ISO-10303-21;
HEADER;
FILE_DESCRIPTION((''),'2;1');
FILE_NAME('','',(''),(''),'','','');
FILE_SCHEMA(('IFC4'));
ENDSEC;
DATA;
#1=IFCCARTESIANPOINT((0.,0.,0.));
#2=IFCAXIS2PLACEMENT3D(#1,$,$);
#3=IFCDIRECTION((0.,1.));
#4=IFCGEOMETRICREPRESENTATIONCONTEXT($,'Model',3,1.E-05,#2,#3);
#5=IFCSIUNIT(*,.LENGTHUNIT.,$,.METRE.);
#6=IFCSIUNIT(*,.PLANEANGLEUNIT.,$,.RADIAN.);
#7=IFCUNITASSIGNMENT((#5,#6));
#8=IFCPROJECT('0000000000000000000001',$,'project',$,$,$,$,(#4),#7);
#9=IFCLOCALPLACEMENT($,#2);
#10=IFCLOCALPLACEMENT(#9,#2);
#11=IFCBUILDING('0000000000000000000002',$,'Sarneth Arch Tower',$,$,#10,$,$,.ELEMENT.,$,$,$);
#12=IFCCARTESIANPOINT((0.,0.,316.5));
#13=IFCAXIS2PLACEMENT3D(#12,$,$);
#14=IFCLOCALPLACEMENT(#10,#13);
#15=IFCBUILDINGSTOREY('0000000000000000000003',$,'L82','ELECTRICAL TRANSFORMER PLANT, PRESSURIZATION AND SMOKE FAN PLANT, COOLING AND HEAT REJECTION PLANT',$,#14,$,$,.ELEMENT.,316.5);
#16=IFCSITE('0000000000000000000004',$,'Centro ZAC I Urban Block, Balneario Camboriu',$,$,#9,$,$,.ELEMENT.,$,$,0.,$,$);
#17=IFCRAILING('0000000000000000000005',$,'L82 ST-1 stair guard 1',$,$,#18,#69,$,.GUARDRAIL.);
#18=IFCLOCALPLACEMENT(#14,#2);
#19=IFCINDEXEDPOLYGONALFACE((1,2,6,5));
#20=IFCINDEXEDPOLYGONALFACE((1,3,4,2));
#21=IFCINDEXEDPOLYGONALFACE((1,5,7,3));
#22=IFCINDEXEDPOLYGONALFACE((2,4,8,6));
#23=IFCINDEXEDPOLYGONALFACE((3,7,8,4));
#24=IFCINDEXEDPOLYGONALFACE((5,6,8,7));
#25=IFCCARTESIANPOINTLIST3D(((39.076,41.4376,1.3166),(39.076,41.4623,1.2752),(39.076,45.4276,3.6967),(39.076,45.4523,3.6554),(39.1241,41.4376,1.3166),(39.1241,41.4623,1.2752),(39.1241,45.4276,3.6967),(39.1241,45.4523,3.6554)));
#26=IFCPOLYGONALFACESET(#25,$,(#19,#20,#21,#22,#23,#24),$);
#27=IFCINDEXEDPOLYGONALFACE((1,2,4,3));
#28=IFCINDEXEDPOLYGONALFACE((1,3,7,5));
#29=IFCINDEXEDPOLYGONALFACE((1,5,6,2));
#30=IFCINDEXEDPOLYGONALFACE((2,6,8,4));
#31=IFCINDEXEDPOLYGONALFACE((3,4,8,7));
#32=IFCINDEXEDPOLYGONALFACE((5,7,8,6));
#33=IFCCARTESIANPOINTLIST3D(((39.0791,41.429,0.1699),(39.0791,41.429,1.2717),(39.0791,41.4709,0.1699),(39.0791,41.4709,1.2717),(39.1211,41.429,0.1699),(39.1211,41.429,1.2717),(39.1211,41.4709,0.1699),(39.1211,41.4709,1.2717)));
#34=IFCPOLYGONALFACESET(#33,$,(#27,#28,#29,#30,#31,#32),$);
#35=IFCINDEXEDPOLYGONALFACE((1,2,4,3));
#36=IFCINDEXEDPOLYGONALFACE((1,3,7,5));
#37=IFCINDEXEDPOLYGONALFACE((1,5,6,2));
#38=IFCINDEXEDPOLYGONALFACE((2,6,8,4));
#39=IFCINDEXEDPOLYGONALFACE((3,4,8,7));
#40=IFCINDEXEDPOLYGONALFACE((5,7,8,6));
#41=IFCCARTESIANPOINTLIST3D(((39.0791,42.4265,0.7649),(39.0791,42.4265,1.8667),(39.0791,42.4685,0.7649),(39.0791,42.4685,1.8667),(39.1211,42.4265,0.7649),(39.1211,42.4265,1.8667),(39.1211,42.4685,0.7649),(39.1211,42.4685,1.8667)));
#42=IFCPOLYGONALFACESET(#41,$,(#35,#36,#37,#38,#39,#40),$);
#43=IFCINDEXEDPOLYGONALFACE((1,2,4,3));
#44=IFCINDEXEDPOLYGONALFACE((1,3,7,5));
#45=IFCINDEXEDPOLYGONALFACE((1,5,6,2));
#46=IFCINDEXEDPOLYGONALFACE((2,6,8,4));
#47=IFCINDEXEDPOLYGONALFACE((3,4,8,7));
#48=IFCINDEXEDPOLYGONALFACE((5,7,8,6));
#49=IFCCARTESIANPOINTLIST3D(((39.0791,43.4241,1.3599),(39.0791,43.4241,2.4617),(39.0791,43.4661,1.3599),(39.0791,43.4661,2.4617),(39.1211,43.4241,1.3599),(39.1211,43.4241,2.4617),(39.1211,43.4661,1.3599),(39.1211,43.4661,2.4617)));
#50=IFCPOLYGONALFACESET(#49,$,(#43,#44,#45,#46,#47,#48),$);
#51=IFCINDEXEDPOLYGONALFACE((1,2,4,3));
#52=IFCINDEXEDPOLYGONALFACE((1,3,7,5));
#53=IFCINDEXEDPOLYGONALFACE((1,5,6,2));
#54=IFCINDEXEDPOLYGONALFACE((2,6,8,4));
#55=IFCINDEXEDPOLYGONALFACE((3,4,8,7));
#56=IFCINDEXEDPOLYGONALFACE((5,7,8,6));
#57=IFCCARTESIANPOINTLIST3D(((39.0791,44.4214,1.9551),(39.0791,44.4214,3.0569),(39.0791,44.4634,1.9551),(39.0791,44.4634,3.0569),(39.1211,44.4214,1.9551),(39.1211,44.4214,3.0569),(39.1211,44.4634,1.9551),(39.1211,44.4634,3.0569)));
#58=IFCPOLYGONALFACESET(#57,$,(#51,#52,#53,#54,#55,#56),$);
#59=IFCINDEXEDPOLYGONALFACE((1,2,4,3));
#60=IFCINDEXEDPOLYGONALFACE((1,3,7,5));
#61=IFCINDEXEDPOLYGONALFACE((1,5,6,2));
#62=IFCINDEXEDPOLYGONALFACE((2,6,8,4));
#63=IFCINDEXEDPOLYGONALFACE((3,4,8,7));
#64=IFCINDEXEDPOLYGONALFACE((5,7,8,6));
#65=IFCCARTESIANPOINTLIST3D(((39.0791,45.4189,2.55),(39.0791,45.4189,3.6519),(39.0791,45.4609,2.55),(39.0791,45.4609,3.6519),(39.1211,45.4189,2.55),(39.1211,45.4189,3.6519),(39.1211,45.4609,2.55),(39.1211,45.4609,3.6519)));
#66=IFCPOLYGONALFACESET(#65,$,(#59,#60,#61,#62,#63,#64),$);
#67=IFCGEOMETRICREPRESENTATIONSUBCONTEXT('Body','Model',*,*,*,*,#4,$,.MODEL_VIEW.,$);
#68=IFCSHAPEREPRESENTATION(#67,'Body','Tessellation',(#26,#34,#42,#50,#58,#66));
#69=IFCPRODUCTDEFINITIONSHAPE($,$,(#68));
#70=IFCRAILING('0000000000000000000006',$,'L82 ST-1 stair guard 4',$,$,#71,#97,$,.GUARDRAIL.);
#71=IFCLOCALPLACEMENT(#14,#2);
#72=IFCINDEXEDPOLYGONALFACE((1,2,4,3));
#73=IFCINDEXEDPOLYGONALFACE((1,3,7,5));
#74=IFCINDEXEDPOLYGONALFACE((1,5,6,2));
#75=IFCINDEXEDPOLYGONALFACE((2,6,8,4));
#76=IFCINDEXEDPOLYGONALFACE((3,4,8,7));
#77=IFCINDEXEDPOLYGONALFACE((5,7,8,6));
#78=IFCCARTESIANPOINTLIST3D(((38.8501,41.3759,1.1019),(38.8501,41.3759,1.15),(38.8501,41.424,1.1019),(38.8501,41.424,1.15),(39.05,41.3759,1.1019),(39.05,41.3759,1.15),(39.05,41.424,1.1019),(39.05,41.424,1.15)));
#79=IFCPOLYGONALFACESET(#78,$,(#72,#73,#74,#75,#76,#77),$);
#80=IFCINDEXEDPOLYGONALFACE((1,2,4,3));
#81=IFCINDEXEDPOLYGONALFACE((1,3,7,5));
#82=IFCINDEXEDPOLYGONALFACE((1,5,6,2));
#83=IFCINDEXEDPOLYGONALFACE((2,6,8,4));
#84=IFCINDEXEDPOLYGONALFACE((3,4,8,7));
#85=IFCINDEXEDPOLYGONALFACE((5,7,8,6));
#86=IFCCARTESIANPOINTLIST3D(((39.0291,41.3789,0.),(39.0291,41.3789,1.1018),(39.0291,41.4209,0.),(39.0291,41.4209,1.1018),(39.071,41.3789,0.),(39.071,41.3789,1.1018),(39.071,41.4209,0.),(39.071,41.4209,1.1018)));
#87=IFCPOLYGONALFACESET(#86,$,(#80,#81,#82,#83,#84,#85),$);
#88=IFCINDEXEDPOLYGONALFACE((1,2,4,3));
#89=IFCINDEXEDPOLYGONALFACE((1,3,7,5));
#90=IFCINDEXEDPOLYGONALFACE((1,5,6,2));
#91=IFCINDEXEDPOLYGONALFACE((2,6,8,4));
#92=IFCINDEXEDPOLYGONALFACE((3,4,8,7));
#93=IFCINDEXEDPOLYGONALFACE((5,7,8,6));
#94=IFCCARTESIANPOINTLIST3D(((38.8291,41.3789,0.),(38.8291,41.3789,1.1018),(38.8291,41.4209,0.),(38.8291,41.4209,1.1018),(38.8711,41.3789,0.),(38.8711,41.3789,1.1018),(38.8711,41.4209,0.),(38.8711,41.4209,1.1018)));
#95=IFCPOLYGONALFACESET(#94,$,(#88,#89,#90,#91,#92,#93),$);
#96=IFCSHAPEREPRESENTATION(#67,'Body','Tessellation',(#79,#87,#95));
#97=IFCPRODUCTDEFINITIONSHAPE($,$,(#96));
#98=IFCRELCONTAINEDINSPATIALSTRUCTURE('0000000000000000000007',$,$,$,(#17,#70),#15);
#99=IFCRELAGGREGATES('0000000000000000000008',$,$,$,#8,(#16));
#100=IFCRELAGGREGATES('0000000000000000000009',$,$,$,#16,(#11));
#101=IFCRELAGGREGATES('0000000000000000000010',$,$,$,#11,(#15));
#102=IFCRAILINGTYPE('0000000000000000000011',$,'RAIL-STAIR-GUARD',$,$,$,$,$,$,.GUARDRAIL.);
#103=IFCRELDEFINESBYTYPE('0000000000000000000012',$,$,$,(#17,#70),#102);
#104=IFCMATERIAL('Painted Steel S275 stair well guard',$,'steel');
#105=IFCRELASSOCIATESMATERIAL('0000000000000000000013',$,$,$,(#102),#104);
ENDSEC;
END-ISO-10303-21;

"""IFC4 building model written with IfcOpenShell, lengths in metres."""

from ifc_helpers import new_model, si_unit, direction, frame, origin, origin_2d, place, context, subcontext, project, spatial, rectangle, extrude, material, type_object, element, save


model = new_model("IFC4")

# Units and contexts
model_context = context("Model", 3, precision=1e-05, world=origin(), true_north=direction((0.0, 1.0)))
body_context = subcontext(model_context, "Body", "Model", "MODEL_VIEW")
ifc_project = project(units=[si_unit("LENGTHUNIT", "METRE"), si_unit("PLANEANGLEUNIT", "RADIAN")], contexts=[model_context])

# Site, building, storey
site_placement = place(None, origin())
site = spatial("IfcSite", under=ifc_project, at=site_placement, Name="Centro ZAC I Urban Block, Balneario Camboriu", CompositionType="ELEMENT", RefElevation=0.0)
building_placement = place(site_placement, origin())
building = spatial("IfcBuilding", under=site, at=building_placement, Name="Sarneth Arch Tower", CompositionType="ELEMENT")
storey_placement = place(building_placement, frame((0.0, 0.0, 316.5)))
storey = spatial("IfcBuildingStorey", under=building, at=storey_placement, Name="L82", Description="ELECTRICAL TRANSFORMER PLANT, PRESSURIZATION AND SMOKE FAN PLANT, COOLING AND HEAT REJECTION PLANT", CompositionType="ELEMENT", Elevation=316.5)

# Railings
ifc_material_1 = material(Name="Painted Steel S275 stair well guard", Category="steel")
railing_type_1 = type_object("IfcRailingType", Name="RAIL-STAIR-GUARD", PredefinedType="GUARDRAIL", material=ifc_material_1)
railing_1_placement = place(storey_placement, frame((39.1001, 41.45, 0.1699)))
element("IfcRailing", 1, at=railing_1_placement, inside=storey, type_object=railing_type_1, Name="L82 ST-1 stair guard 1", PredefinedType="GUARDRAIL", context=body_context, shape_type="SweptSolid", body=[
    extrude(rectangle(XDim=0.0481, YDim=0.0481, at=origin_2d()), frame((0.0, 0.0, 1.126), z_axis=(0.0, 0.858807, 0.512299), x_axis=(-1.0, 0.0, 0.0)), (0.0, 0.0, 1.0), 4.646),
    extrude(rectangle(XDim=0.042, YDim=0.042, at=origin_2d()), origin(), (0.0, 0.0, 1.0), 1.1018),
    extrude(rectangle(XDim=0.042, YDim=0.042, at=origin_2d()), frame((0.0, 0.9976, 0.595)), (0.0, 0.0, 1.0), 1.1018),
    extrude(rectangle(XDim=0.042, YDim=0.042, at=origin_2d()), frame((0.0, 1.9951, 1.1899)), (0.0, 0.0, 1.0), 1.1018),
    extrude(rectangle(XDim=0.042, YDim=0.042, at=origin_2d()), frame((0.0, 2.9924, 1.7852)), (0.0, 0.0, 1.0), 1.1018),
    extrude(rectangle(XDim=0.042, YDim=0.042, at=origin_2d()), frame((0.0, 3.99, 2.3801)), (0.0, 0.0, 1.0), 1.1018),
])
railing_2_placement = place(storey_placement, frame((39.05, 41.3999, 0.0)))
element("IfcRailing", 2, at=railing_2_placement, inside=storey, type_object=railing_type_1, Name="L82 ST-1 stair guard 4", PredefinedType="GUARDRAIL", context=body_context, shape_type="SweptSolid", body=[
    extrude(rectangle(XDim=0.0481, YDim=0.0481, at=origin_2d()), frame((0.0, 0.0, 1.126), z_axis=(-1.0, 0.0, 0.0), x_axis=(0.0, -1.0, 0.0)), (0.0, 0.0, 1.0), 0.2),
    extrude(rectangle(XDim=0.042, YDim=0.042, at=origin_2d()), origin(), (0.0, 0.0, 1.0), 1.1018),
    extrude(rectangle(XDim=0.042, YDim=0.042, at=origin_2d()), frame((-0.2, 0.0, 0.0)), (0.0, 0.0, 1.0), 1.1018),
])

save(model, "model.ifc")
